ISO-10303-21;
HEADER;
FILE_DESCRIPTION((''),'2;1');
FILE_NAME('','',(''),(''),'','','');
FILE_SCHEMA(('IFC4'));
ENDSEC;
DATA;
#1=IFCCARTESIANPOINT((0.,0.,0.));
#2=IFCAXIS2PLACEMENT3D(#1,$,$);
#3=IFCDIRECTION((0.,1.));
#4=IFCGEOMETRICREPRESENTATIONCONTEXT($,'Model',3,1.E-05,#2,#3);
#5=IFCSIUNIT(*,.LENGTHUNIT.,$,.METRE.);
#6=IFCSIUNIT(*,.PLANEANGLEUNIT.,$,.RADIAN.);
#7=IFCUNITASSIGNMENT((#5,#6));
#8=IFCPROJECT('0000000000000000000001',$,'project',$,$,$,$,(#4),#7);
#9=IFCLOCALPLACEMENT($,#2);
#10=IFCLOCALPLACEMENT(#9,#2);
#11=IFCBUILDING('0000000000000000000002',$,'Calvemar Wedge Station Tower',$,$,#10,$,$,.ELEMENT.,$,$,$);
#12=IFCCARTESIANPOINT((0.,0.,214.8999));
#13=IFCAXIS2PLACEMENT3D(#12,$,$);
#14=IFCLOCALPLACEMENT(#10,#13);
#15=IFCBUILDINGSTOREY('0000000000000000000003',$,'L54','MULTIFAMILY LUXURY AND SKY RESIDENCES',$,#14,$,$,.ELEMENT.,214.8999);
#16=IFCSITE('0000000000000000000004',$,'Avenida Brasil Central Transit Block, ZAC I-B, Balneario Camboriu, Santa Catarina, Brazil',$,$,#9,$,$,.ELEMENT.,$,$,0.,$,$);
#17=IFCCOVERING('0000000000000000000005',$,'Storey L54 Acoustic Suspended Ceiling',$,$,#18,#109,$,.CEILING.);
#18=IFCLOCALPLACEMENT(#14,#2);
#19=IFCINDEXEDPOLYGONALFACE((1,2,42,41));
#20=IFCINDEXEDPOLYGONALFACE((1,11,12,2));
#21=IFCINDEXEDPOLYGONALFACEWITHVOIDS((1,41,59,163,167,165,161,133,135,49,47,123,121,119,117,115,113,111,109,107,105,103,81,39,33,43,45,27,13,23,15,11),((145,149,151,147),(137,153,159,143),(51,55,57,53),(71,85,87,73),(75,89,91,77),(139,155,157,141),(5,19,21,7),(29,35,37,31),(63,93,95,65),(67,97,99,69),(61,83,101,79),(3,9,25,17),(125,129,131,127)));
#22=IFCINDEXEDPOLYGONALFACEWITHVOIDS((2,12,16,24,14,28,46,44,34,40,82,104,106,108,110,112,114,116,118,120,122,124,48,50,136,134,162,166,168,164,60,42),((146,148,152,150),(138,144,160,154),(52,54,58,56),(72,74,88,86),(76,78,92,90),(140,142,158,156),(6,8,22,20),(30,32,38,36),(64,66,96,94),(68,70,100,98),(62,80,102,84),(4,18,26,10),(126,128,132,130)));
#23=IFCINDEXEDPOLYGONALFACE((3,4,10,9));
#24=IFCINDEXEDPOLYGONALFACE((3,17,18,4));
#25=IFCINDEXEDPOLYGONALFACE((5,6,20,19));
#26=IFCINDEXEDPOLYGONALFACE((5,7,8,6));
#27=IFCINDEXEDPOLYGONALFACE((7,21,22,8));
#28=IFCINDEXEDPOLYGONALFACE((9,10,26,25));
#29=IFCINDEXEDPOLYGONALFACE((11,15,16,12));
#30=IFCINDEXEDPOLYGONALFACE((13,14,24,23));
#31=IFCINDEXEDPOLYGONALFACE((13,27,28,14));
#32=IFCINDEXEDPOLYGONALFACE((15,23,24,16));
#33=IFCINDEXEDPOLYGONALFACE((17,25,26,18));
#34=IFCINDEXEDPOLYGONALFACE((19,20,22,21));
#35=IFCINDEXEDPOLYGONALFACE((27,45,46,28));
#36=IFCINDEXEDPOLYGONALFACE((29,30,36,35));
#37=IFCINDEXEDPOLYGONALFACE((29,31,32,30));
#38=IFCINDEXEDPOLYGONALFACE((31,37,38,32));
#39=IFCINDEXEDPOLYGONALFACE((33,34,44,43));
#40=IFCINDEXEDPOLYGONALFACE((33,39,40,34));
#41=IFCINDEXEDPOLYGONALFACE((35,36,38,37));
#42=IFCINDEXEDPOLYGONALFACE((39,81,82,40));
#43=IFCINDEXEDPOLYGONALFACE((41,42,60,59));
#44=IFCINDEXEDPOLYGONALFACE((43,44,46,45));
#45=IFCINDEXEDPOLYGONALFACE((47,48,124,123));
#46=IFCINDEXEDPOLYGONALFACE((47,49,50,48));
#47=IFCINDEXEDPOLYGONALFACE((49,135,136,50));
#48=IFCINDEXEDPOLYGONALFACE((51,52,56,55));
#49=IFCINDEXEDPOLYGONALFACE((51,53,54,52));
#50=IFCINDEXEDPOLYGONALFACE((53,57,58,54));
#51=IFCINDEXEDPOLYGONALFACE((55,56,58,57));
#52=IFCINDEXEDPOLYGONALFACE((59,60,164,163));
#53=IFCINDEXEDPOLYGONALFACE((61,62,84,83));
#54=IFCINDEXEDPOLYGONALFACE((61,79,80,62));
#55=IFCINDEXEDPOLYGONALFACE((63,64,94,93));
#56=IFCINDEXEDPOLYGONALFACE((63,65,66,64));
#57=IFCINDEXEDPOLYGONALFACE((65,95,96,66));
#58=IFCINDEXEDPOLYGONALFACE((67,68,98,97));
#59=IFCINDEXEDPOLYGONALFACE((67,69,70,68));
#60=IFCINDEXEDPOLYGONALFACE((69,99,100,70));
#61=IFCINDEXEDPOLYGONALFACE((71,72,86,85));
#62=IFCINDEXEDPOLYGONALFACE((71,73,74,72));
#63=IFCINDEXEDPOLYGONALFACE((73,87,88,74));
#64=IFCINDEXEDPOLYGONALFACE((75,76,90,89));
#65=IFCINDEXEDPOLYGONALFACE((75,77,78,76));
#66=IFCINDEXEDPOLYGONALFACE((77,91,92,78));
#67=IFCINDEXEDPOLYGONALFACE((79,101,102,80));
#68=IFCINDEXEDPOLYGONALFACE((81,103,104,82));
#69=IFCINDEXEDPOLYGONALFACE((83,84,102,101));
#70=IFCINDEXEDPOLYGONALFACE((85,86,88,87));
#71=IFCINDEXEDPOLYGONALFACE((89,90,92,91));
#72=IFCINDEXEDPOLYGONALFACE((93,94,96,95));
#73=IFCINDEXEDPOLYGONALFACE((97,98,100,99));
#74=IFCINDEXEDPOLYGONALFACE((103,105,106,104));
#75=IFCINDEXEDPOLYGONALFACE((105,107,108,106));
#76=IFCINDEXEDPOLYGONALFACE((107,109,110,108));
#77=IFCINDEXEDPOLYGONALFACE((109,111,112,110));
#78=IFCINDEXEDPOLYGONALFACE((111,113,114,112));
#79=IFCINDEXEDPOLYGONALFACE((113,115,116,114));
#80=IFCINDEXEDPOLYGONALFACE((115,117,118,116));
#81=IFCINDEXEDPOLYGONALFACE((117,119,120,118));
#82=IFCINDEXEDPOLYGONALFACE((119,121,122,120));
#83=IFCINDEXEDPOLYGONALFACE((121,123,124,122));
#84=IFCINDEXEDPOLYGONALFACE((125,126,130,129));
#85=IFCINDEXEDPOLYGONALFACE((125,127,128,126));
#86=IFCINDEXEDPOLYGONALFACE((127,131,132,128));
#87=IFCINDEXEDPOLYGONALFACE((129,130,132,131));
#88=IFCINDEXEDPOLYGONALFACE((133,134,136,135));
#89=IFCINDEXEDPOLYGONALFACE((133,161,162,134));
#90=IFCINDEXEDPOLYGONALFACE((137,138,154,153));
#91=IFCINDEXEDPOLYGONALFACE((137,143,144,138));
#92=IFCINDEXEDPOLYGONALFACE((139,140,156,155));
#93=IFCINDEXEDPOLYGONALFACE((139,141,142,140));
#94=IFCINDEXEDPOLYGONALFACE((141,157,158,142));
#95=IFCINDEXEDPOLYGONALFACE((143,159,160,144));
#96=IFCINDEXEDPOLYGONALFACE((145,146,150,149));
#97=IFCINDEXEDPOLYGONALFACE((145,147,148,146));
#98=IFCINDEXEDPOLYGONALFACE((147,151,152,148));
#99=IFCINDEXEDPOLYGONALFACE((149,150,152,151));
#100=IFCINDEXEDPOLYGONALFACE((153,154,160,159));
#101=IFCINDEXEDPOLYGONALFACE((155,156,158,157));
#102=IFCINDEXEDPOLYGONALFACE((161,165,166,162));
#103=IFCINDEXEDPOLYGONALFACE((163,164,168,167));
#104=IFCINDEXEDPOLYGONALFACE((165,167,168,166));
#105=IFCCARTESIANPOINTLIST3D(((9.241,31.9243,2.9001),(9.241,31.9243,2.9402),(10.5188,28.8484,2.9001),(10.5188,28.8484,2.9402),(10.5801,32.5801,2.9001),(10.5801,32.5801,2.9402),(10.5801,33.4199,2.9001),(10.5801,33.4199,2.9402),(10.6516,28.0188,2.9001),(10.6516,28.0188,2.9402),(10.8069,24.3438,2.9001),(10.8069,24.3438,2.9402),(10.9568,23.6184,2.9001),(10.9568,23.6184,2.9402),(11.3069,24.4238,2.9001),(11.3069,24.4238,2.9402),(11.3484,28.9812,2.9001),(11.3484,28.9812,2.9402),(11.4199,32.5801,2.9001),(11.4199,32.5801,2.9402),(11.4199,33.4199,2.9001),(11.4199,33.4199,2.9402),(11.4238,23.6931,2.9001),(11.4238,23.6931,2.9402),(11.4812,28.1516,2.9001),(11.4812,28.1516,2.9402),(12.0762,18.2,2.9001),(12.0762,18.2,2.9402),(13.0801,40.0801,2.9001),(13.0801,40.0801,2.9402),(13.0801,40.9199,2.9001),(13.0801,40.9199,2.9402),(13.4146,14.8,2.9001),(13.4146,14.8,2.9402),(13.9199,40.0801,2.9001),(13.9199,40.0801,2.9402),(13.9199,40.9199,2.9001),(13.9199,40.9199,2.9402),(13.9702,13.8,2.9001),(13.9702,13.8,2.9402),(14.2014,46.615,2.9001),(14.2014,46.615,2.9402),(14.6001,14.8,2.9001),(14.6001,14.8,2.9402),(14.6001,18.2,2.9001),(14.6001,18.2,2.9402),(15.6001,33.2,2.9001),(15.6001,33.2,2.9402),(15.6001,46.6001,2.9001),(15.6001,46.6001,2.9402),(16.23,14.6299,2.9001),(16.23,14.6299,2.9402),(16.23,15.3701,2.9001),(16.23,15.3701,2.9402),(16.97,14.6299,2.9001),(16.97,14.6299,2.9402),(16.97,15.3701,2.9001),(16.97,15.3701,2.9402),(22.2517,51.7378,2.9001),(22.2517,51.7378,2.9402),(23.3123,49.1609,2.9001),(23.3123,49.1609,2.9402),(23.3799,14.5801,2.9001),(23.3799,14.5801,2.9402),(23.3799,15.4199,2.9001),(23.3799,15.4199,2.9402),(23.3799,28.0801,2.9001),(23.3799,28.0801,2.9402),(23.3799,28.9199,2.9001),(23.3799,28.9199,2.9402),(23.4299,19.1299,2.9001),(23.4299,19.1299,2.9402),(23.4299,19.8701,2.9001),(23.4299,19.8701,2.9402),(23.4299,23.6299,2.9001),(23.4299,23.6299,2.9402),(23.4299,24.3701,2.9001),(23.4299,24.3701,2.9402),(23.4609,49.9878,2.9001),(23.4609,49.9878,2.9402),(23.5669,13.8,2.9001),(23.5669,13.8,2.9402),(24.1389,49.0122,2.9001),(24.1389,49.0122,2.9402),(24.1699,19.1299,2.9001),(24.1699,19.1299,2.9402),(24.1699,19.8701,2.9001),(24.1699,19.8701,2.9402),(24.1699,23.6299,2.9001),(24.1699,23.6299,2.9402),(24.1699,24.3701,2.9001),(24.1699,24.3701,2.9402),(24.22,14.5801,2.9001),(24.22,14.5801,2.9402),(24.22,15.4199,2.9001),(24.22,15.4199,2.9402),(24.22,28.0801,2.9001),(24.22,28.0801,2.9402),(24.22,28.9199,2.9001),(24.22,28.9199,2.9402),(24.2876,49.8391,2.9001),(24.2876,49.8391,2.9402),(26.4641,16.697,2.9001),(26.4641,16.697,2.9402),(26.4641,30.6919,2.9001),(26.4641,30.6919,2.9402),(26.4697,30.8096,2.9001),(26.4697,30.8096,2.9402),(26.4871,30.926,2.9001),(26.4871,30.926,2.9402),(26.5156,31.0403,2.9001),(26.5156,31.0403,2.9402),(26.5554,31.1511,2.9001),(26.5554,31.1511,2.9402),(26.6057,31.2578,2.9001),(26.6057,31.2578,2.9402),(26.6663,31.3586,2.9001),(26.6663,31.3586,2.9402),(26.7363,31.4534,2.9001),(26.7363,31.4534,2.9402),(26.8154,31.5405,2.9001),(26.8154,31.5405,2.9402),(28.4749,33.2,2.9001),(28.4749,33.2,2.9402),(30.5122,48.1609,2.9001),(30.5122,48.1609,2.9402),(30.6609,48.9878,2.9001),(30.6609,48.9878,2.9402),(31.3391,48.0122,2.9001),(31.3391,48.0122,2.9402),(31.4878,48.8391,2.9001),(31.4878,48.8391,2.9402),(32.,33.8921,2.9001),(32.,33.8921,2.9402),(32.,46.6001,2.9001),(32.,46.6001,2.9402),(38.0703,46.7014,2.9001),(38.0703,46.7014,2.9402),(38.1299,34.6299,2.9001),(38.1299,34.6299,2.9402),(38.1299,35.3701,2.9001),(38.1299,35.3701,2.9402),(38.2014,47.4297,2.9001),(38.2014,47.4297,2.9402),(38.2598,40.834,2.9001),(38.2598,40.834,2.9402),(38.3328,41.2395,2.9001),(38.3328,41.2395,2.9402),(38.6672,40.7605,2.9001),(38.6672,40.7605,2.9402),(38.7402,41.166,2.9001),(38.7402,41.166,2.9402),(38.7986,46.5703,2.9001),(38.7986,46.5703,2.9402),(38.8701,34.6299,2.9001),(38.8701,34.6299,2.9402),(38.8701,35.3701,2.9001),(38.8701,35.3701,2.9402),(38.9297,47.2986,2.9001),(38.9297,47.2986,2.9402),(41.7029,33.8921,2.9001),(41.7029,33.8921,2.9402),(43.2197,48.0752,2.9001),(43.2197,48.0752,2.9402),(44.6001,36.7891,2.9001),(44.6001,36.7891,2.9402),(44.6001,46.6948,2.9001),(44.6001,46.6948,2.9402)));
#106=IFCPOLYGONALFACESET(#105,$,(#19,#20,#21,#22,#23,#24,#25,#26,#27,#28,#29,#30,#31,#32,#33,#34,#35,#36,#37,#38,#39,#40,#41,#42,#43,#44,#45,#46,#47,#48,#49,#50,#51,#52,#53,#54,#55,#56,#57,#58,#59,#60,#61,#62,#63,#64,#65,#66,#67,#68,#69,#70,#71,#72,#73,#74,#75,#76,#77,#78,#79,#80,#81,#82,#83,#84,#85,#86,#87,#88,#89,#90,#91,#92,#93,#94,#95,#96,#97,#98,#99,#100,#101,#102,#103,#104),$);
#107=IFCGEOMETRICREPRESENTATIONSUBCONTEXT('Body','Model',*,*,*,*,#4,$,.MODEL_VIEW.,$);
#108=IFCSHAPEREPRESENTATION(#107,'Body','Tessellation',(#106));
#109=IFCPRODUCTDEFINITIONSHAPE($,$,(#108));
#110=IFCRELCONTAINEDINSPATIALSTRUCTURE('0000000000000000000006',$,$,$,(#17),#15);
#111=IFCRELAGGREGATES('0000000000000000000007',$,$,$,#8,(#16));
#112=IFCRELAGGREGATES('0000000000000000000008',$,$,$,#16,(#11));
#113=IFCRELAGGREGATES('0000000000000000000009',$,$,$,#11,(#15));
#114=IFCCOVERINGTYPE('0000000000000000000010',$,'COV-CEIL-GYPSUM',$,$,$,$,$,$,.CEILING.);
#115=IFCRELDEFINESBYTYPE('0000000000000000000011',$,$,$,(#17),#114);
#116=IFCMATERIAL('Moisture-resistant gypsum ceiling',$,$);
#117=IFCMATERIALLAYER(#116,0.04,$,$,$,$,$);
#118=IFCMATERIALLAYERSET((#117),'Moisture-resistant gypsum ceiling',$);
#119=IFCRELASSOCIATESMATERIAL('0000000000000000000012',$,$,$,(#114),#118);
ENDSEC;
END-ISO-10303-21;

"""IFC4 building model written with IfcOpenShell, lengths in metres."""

from ifc_helpers import new_model, si_unit, direction, frame, origin, place, context, subcontext, project, spatial, polyline, outline, extrude, material, layer, layer_set, type_object, element, save


model = new_model("IFC4")

# Units and contexts
model_context = context("Model", 3, precision=1e-05, world=origin(), true_north=direction((0.0, 1.0)))
body_context = subcontext(model_context, "Body", "Model", "MODEL_VIEW")
ifc_project = project(units=[si_unit("LENGTHUNIT", "METRE"), si_unit("PLANEANGLEUNIT", "RADIAN")], contexts=[model_context])

# Site, building, storey
site_placement = place(None, origin())
site = spatial("IfcSite", under=ifc_project, at=site_placement, Name="Avenida Brasil Central Transit Block, ZAC I-B, Balneario Camboriu, Santa Catarina, Brazil", CompositionType="ELEMENT", RefElevation=0.0)
building_placement = place(site_placement, origin())
building = spatial("IfcBuilding", under=site, at=building_placement, Name="Calvemar Wedge Station Tower", CompositionType="ELEMENT")
storey_placement = place(building_placement, frame((0.0, 0.0, 214.8999)))
storey = spatial("IfcBuildingStorey", under=building, at=storey_placement, Name="L54", Description="MULTIFAMILY LUXURY AND SKY RESIDENCES", CompositionType="ELEMENT", Elevation=214.8999)

# Covering
ifc_material_1 = material(Name="Moisture-resistant gypsum ceiling")
ifc_layer_1 = layer(ifc_material_1, 0.04)
ifc_layer_set_1 = layer_set([ifc_layer_1], Name="Moisture-resistant gypsum ceiling")
covering_type_1 = type_object("IfcCoveringType", Name="COV-CEIL-GYPSUM", PredefinedType="CEILING", material=ifc_layer_set_1)
covering_1_placement = place(storey_placement, frame((0.0, 0.0, 2.9001)))
element("IfcCovering", 1, at=covering_1_placement, inside=storey, type_object=covering_type_1, Name="Storey L54 Acoustic Suspended Ceiling", PredefinedType="CEILING", context=body_context, shape_type="SweptSolid", body=[
    extrude(outline(polyline([(26.6663, 31.3586), (26.7363, 31.4534), (26.8154, 31.5405), (28.4749, 33.2), (15.6001, 33.2), (15.6001, 46.6001), (32.0, 46.6001), (32.0, 33.8921), (41.7029, 33.8921), (44.6001, 36.7891), (44.6001, 46.6948), (43.2197, 48.0752), (22.2517, 51.7378), (14.2014, 46.615), (9.241, 31.9243), (10.8069, 24.3438), (11.3069, 24.4238), (11.4238, 23.6931), (10.9568, 23.6184), (12.0762, 18.2), (14.6001, 18.2), (14.6001, 14.8), (13.4146, 14.8), (13.9702, 13.8), (23.5669, 13.8), (26.4641, 16.697), (26.4641, 30.6919), (26.4697, 30.8096), (26.4871, 30.926), (26.5156, 31.0403), (26.5554, 31.1511), (26.6057, 31.2578), (26.6663, 31.3586)]), holes=[polyline([(11.4199, 33.4199), (11.4199, 32.5801), (10.5801, 32.5801), (10.5801, 33.4199), (11.4199, 33.4199)]), polyline([(13.9199, 40.0801), (13.0801, 40.0801), (13.0801, 40.9199), (13.9199, 40.9199), (13.9199, 40.0801)]), polyline([(23.3123, 49.1609), (23.4609, 49.9878), (24.2876, 49.8391), (24.1389, 49.0122), (23.3123, 49.1609)]), polyline([(30.6609, 48.9878), (31.4878, 48.8391), (31.3391, 48.0122), (30.5122, 48.1609), (30.6609, 48.9878)]), polyline([(38.9297, 47.2986), (38.7986, 46.5703), (38.0703, 46.7014), (38.2014, 47.4297), (38.9297, 47.2986)]), polyline([(38.8701, 34.6299), (38.1299, 34.6299), (38.1299, 35.3701), (38.8701, 35.3701), (38.8701, 34.6299)]), polyline([(38.2598, 40.834), (38.3328, 41.2395), (38.7402, 41.166), (38.6672, 40.7605), (38.2598, 40.834)]), polyline([(11.3484, 28.9812), (11.4812, 28.1516), (10.6516, 28.0188), (10.5188, 28.8484), (11.3484, 28.9812)]), polyline([(24.22, 28.0801), (23.3799, 28.0801), (23.3799, 28.9199), (24.22, 28.9199), (24.22, 28.0801)]), polyline([(23.4299, 23.6299), (23.4299, 24.3701), (24.1699, 24.3701), (24.1699, 23.6299), (23.4299, 23.6299)]), polyline([(23.4299, 19.8701), (24.1699, 19.8701), (24.1699, 19.1299), (23.4299, 19.1299), (23.4299, 19.8701)]), polyline([(24.22, 15.4199), (24.22, 14.5801), (23.3799, 14.5801), (23.3799, 15.4199), (24.22, 15.4199)]), polyline([(16.97, 14.6299), (16.23, 14.6299), (16.23, 15.3701), (16.97, 15.3701), (16.97, 14.6299)])]), origin(), (0.0, 0.0, 1.0), 0.04),
])

save(model, "model.ifc")
